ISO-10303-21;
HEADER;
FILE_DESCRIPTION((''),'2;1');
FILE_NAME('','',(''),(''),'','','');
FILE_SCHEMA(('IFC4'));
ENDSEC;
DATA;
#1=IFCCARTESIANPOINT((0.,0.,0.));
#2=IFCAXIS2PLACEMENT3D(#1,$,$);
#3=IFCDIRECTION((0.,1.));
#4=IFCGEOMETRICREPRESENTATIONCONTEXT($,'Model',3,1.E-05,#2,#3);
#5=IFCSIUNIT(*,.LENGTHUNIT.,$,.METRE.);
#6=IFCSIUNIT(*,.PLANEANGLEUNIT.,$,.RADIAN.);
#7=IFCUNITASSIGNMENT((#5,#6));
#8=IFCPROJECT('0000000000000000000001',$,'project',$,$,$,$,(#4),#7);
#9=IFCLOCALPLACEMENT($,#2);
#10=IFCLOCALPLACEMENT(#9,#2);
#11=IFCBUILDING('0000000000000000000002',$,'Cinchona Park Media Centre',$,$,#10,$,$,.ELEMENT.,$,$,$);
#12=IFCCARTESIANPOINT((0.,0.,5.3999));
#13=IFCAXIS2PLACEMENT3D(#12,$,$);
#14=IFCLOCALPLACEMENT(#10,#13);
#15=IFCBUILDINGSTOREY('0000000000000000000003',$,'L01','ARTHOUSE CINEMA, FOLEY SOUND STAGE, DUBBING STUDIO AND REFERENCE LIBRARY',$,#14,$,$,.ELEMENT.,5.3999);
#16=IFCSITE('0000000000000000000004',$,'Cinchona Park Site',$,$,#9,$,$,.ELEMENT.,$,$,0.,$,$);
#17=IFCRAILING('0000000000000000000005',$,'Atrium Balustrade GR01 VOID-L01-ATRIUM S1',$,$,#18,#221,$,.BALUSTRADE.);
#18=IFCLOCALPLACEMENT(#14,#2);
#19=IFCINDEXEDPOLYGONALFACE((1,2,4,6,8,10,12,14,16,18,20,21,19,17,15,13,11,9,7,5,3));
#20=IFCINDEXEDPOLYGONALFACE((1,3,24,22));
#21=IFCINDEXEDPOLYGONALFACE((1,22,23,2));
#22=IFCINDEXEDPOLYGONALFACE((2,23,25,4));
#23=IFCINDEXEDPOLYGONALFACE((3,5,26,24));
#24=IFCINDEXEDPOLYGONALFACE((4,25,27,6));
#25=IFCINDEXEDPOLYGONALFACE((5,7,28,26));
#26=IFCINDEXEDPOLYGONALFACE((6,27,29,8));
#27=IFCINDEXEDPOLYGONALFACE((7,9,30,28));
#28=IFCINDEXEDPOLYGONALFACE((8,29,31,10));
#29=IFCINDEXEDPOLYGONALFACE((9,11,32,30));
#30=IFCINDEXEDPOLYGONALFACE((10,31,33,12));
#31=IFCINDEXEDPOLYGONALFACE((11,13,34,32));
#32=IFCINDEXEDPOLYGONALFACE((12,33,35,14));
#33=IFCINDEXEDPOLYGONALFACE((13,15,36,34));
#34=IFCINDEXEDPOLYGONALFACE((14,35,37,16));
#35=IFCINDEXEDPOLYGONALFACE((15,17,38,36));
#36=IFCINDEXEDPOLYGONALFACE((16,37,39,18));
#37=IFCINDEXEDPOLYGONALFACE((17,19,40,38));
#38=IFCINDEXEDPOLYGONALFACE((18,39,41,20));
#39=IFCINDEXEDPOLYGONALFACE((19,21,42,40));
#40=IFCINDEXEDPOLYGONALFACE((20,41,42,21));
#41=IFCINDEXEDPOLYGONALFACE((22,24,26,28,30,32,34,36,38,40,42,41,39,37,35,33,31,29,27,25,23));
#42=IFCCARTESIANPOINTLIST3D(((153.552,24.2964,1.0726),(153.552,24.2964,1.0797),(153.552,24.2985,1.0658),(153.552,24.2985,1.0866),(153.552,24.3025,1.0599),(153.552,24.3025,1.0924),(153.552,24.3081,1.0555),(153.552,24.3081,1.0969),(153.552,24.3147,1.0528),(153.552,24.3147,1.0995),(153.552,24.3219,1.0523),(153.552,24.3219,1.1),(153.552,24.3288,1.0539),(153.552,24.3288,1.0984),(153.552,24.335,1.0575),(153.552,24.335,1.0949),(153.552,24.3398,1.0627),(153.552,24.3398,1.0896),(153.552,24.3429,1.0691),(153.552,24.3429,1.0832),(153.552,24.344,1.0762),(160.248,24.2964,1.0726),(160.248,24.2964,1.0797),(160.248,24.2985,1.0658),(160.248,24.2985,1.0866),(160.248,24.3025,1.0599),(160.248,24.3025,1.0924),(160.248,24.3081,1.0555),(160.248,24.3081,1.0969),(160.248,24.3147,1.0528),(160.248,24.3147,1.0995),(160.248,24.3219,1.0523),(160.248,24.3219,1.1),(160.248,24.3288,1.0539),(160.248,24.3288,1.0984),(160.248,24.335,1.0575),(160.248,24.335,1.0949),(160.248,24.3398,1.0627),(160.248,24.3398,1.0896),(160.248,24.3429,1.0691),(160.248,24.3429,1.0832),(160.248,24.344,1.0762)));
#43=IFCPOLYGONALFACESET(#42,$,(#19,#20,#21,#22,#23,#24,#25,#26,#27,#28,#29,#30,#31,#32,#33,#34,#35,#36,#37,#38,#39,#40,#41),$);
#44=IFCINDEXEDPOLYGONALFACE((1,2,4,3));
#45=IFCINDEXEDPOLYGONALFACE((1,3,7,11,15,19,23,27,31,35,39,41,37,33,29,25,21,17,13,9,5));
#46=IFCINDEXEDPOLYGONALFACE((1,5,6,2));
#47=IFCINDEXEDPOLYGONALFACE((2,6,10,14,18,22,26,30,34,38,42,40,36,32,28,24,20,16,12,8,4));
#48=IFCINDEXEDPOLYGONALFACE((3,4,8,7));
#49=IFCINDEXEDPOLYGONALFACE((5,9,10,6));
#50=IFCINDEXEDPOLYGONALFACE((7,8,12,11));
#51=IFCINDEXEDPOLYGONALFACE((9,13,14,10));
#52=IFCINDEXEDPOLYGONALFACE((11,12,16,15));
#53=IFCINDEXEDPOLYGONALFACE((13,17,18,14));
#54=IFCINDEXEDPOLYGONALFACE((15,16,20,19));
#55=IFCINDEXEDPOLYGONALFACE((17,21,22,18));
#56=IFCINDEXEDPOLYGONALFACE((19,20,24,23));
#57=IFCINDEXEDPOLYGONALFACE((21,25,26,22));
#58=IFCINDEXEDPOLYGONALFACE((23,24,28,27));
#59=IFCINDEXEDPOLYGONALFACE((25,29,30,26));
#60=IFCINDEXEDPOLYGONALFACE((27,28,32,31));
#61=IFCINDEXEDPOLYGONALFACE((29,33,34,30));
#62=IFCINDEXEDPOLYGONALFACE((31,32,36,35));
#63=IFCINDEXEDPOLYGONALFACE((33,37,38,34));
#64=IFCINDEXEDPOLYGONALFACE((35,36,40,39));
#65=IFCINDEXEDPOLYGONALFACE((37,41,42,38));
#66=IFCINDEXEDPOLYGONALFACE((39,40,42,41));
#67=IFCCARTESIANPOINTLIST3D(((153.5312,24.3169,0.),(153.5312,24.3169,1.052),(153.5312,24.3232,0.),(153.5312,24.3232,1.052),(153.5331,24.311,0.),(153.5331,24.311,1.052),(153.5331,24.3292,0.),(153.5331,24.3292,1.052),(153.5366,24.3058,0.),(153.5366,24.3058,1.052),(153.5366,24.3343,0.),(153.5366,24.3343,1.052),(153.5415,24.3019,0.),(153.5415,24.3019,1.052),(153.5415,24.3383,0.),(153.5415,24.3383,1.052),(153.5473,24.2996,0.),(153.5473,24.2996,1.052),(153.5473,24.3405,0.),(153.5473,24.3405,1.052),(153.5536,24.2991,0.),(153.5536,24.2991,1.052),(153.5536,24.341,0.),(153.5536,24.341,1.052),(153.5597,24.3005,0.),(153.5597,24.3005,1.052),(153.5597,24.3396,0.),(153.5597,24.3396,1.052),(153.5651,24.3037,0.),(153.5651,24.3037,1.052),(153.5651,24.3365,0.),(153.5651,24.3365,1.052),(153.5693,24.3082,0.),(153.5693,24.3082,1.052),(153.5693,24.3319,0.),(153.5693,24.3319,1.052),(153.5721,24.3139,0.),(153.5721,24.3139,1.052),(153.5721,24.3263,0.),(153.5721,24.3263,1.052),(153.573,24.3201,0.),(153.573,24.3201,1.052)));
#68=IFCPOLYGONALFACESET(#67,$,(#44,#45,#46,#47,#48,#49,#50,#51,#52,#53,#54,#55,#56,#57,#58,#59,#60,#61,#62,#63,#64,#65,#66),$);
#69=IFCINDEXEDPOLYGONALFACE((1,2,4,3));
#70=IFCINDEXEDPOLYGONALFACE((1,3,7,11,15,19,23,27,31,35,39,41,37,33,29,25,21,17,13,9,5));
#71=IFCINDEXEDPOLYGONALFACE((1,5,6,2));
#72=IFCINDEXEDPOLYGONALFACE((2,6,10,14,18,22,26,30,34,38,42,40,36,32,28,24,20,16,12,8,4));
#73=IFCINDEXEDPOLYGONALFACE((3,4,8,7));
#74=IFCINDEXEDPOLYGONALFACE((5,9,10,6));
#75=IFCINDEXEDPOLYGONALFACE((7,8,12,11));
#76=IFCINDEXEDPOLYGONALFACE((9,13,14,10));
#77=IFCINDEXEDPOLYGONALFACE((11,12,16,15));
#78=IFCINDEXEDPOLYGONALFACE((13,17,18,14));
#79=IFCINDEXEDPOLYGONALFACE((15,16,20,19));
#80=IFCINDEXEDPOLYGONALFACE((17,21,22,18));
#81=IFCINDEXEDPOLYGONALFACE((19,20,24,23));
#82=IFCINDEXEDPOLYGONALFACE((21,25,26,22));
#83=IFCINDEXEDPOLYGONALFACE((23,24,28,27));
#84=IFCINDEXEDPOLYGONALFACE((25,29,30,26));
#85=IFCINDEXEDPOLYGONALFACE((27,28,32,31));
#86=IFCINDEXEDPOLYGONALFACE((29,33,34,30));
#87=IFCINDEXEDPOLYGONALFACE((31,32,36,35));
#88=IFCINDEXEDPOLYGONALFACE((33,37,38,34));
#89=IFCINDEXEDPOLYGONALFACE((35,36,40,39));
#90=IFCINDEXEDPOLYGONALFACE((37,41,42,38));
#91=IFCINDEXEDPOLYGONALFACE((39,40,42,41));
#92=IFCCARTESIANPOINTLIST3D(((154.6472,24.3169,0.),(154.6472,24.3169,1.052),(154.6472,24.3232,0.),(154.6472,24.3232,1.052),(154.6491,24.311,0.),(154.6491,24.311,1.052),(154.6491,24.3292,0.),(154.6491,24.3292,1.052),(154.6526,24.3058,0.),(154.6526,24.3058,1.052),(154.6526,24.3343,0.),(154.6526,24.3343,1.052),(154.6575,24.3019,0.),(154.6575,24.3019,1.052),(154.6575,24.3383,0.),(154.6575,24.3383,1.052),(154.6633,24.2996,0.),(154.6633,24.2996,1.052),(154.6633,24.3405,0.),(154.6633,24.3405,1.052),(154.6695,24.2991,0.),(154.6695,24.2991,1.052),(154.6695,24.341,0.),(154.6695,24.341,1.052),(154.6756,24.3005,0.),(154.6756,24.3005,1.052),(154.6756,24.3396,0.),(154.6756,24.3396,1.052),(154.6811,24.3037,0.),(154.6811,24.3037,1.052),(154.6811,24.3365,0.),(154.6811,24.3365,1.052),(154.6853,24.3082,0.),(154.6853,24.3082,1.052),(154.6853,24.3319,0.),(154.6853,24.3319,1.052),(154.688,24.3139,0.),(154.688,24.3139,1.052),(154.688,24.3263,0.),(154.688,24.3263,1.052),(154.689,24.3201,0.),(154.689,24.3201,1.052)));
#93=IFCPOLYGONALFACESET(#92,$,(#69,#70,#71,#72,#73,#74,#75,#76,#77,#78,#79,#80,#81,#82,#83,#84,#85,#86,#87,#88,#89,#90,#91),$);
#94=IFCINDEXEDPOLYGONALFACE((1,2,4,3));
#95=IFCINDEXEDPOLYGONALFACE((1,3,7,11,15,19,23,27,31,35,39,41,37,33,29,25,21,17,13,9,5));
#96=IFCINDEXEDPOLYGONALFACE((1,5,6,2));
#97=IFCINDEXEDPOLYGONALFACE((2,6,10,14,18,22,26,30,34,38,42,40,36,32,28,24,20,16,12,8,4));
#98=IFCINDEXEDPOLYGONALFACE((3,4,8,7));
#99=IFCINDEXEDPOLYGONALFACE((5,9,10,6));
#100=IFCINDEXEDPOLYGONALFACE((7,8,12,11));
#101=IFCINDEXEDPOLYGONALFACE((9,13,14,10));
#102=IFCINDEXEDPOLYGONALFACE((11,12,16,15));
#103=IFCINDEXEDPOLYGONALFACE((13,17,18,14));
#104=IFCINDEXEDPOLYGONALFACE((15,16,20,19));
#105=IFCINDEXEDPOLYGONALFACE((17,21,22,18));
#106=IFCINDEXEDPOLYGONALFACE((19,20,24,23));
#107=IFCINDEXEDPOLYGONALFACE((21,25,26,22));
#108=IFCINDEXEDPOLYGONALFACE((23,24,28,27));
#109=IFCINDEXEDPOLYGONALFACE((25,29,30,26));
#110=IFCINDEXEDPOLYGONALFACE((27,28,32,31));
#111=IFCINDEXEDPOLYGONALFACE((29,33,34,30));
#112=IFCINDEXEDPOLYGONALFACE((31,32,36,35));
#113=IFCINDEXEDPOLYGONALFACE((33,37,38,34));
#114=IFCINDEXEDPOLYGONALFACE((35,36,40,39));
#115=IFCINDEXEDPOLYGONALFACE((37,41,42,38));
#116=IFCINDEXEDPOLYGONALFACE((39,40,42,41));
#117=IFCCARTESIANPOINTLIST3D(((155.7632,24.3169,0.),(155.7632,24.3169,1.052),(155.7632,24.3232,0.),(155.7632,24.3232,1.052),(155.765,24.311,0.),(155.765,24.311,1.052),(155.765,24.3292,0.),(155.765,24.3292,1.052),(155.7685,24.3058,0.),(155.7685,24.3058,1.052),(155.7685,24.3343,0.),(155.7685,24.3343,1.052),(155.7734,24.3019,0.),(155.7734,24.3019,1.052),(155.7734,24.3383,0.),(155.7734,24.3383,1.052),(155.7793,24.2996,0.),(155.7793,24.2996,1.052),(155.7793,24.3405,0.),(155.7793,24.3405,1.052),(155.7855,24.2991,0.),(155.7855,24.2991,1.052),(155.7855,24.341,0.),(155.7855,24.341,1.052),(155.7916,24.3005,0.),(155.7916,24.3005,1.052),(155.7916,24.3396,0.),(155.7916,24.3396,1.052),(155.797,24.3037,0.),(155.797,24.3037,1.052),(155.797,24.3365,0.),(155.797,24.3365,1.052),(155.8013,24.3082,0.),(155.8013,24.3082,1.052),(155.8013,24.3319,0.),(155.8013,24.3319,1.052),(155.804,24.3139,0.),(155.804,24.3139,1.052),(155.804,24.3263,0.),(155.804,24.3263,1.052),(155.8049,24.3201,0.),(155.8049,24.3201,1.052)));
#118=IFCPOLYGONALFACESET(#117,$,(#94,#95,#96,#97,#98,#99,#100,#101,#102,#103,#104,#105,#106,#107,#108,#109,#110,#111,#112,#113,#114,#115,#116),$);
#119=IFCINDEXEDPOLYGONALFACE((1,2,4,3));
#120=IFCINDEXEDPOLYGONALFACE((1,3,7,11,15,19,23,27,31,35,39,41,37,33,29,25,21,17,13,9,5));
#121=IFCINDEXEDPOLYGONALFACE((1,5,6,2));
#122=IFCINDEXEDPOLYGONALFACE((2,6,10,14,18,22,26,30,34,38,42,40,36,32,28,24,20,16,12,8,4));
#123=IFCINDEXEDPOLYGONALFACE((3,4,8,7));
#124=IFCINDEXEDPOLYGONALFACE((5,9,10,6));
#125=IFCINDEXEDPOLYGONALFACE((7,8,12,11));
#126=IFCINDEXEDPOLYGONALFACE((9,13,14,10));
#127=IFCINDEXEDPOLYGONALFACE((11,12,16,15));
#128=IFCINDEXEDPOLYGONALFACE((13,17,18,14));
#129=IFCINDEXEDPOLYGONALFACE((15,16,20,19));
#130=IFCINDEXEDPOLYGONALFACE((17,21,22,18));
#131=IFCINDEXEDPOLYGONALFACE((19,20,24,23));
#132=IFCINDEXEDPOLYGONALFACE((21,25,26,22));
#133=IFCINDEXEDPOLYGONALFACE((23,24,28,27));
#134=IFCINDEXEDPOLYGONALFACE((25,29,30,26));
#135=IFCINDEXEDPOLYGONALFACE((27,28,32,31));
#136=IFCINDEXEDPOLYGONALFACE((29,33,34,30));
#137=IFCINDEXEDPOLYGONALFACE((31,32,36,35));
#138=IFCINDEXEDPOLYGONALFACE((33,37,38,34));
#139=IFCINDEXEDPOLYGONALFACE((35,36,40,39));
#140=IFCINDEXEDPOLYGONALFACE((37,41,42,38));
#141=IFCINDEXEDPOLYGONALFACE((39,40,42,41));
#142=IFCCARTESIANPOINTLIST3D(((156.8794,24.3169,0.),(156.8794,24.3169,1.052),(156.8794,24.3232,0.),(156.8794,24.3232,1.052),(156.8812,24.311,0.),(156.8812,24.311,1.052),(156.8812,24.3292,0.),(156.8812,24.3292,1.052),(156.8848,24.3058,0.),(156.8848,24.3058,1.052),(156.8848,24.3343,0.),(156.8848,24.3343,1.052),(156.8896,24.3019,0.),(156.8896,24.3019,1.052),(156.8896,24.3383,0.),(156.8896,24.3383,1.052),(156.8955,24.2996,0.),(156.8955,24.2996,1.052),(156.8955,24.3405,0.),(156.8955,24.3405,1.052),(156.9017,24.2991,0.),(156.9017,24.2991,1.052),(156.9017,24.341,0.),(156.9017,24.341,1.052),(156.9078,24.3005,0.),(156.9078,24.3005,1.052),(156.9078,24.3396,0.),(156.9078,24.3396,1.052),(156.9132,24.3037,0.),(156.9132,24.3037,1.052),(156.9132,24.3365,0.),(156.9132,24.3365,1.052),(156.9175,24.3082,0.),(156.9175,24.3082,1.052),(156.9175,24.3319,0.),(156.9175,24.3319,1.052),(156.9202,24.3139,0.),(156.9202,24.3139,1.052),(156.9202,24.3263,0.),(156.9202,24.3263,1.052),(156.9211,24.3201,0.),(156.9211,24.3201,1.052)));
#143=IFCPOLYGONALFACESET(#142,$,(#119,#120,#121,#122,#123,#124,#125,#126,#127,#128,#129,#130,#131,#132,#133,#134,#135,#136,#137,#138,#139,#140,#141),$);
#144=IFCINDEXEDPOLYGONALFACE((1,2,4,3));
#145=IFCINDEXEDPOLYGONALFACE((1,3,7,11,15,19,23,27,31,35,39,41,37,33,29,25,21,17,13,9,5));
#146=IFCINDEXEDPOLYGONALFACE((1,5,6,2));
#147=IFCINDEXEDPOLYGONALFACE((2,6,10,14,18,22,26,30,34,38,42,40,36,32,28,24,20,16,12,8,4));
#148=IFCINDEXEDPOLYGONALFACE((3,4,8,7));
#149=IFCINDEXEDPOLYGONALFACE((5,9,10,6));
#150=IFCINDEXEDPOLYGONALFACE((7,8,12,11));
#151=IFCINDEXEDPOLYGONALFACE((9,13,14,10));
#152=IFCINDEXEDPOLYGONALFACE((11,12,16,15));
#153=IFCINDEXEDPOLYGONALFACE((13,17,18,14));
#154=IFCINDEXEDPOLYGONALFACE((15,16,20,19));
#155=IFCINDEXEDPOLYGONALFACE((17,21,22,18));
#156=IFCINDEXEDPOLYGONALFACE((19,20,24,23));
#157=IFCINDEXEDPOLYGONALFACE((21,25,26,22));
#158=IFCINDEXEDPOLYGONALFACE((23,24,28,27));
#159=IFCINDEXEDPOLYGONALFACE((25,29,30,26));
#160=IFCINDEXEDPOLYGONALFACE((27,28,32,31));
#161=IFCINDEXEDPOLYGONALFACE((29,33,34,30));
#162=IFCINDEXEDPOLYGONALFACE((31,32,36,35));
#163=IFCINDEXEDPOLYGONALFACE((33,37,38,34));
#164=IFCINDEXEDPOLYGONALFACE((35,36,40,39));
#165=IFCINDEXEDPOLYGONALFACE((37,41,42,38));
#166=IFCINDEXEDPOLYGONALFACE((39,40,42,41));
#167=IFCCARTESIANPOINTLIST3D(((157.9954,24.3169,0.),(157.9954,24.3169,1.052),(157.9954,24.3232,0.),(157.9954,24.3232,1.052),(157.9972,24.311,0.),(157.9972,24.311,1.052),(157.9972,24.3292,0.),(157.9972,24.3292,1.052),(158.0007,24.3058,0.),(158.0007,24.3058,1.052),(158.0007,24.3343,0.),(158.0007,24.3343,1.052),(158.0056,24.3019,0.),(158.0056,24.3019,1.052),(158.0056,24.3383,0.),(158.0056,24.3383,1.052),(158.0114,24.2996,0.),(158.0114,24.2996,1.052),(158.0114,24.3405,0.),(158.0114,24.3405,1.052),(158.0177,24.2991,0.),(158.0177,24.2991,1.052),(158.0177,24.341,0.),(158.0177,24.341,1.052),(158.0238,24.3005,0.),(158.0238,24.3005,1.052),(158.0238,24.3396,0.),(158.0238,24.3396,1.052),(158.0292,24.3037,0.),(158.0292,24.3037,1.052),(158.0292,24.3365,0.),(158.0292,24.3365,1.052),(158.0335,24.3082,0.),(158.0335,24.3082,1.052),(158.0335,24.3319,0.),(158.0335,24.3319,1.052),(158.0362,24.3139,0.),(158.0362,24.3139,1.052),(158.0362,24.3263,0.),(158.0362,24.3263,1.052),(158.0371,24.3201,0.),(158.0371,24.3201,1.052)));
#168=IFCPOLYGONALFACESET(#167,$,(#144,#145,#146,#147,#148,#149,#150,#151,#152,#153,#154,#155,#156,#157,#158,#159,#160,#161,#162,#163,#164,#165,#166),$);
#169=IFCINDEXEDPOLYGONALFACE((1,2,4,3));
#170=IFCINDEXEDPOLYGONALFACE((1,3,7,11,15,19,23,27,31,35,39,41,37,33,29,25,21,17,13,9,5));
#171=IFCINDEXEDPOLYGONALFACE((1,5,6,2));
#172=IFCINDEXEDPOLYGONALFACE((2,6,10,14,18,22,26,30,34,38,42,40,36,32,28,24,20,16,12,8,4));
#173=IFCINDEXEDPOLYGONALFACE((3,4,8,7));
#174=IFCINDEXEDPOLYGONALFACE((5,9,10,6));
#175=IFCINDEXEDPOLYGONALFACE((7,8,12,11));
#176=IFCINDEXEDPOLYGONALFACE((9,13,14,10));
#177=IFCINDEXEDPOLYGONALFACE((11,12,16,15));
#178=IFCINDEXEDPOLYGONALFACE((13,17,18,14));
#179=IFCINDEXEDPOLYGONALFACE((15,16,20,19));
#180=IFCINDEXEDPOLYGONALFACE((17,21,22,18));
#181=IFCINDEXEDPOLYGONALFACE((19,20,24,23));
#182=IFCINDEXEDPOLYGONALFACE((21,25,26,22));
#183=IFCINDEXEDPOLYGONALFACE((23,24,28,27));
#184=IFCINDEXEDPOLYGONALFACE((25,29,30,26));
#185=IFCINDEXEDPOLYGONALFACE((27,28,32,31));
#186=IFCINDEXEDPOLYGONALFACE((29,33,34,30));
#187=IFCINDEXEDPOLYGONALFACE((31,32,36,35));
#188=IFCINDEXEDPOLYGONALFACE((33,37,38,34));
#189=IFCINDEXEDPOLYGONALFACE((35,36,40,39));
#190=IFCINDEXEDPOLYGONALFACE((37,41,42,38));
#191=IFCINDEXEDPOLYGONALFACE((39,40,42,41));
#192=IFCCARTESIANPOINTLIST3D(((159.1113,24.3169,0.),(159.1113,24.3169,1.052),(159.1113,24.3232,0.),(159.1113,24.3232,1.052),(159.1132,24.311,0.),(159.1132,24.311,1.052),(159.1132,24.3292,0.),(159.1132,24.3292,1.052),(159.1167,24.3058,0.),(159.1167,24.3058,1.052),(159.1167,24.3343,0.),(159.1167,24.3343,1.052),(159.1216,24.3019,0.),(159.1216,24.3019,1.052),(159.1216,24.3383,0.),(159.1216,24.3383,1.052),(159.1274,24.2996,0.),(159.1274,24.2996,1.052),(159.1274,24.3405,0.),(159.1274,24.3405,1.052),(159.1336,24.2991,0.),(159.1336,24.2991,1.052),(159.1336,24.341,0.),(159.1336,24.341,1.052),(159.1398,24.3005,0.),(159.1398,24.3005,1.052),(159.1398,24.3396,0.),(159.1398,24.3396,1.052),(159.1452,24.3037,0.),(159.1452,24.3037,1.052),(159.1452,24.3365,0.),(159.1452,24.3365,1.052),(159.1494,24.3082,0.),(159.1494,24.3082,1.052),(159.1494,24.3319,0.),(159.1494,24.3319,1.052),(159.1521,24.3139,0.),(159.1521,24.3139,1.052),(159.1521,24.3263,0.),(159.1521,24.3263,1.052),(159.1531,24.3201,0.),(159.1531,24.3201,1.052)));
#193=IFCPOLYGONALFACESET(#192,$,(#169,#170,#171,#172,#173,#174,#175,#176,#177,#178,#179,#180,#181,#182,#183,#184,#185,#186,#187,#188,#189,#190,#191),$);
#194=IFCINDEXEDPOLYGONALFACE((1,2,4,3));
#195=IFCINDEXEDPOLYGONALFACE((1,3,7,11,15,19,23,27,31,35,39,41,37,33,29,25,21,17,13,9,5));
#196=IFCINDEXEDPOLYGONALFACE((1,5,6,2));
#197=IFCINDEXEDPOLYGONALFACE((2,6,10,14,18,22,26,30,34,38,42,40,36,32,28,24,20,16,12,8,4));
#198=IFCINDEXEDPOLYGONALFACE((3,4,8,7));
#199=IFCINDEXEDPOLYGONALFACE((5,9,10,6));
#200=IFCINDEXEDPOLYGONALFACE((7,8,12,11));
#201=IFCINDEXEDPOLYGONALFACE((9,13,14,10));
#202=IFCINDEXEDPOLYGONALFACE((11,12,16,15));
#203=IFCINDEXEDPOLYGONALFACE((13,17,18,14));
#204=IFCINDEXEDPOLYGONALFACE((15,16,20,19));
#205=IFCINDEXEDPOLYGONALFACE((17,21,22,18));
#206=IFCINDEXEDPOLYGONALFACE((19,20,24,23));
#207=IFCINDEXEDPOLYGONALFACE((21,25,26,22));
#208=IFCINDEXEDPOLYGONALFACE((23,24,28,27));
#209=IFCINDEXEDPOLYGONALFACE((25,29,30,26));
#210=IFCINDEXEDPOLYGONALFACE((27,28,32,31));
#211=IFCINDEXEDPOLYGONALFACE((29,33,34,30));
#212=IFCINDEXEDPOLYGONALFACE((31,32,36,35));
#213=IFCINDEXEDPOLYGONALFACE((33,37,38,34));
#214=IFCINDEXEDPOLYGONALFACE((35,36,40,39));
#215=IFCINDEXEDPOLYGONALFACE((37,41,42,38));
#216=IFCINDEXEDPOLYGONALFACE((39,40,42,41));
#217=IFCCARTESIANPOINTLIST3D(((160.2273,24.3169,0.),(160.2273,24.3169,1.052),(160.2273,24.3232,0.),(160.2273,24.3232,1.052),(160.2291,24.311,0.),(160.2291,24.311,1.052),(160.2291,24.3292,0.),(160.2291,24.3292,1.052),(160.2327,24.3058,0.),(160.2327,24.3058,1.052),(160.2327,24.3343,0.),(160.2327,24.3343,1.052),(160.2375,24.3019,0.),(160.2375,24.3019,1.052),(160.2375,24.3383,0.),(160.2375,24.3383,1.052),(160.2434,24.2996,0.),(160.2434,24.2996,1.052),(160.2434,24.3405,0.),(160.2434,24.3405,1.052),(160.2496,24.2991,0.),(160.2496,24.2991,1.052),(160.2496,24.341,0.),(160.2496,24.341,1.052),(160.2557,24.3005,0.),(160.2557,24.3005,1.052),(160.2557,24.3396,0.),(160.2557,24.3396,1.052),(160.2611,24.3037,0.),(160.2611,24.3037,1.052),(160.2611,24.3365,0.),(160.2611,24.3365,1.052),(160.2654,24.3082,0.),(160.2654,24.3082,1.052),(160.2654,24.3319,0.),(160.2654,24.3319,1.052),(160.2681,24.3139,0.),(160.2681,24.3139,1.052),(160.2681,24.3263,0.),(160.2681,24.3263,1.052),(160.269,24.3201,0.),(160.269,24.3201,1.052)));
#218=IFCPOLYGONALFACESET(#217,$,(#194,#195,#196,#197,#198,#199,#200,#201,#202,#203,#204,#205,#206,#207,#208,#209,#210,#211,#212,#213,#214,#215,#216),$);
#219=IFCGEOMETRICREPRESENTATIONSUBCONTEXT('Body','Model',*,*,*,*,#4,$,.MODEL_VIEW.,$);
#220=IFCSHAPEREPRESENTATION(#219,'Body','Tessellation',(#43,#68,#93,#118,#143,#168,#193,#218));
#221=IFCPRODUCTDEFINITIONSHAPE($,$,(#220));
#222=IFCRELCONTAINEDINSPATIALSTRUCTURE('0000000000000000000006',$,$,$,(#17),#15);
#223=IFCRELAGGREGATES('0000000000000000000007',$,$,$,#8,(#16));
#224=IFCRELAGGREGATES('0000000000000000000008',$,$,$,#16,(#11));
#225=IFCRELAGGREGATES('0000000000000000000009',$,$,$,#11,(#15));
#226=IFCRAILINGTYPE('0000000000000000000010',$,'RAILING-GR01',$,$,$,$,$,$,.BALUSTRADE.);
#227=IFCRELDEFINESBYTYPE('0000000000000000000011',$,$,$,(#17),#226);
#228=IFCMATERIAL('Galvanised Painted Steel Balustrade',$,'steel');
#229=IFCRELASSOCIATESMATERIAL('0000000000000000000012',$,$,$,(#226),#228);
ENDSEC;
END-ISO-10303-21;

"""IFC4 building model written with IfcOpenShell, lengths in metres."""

from ifc_helpers import new_model, si_unit, direction, frame, origin, origin_2d, place, context, subcontext, project, spatial, circle, extrude, material, type_object, element, save


model = new_model("IFC4")

# Units and contexts
model_context = context("Model", 3, precision=1e-05, world=origin(), true_north=direction((0.0, 1.0)))
body_context = subcontext(model_context, "Body", "Model", "MODEL_VIEW")
ifc_project = project(units=[si_unit("LENGTHUNIT", "METRE"), si_unit("PLANEANGLEUNIT", "RADIAN")], contexts=[model_context])

# Site, building, storey
site_placement = place(None, origin())
site = spatial("IfcSite", under=ifc_project, at=site_placement, Name="Cinchona Park Site", CompositionType="ELEMENT", RefElevation=0.0)
building_placement = place(site_placement, origin())
building = spatial("IfcBuilding", under=site, at=building_placement, Name="Cinchona Park Media Centre", CompositionType="ELEMENT")
storey_placement = place(building_placement, frame((0.0, 0.0, 5.3999)))
storey = spatial("IfcBuildingStorey", under=building, at=storey_placement, Name="L01", Description="ARTHOUSE CINEMA, FOLEY SOUND STAGE, DUBBING STUDIO AND REFERENCE LIBRARY", CompositionType="ELEMENT", Elevation=5.3999)

# Railing
ifc_material_1 = material(Name="Galvanised Painted Steel Balustrade", Category="steel")
railing_type = type_object("IfcRailingType", Name="RAILING-GR01", PredefinedType="BALUSTRADE", material=ifc_material_1)
railing_1_placement = place(storey_placement, frame((153.552, 24.3201, 0.0)))
element("IfcRailing", 1, at=railing_1_placement, inside=storey, type_object=railing_type, Name="Atrium Balustrade GR01 VOID-L01-ATRIUM S1", PredefinedType="BALUSTRADE", context=body_context, shape_type="SweptSolid", body=[
    extrude(circle(Radius=0.0239, at=origin_2d()), frame((0.0, 0.0, 1.0762), z_axis=(1.0, 0.0, 0.0), x_axis=(0.0, 1.0, 0.0)), (0.0, 0.0, 1.0), 6.696),
    extrude(circle(Radius=0.021, at=origin_2d()), origin(), (0.0, 0.0, 1.0), 1.052),
    extrude(circle(Radius=0.021, at=origin_2d()), frame((1.116, 0.0, 0.0)), (0.0, 0.0, 1.0), 1.052),
    extrude(circle(Radius=0.021, at=origin_2d()), frame((2.2319, 0.0, 0.0)), (0.0, 0.0, 1.0), 1.052),
    extrude(circle(Radius=0.021, at=origin_2d()), frame((3.3481, 0.0, 0.0)), (0.0, 0.0, 1.0), 1.052),
    extrude(circle(Radius=0.021, at=origin_2d()), frame((4.4641, 0.0, 0.0)), (0.0, 0.0, 1.0), 1.052),
    extrude(circle(Radius=0.021, at=origin_2d()), frame((5.5801, 0.0, 0.0)), (0.0, 0.0, 1.0), 1.052),
    extrude(circle(Radius=0.021, at=origin_2d()), frame((6.696, 0.0, 0.0)), (0.0, 0.0, 1.0), 1.052),
])

save(model, "model.ifc")
